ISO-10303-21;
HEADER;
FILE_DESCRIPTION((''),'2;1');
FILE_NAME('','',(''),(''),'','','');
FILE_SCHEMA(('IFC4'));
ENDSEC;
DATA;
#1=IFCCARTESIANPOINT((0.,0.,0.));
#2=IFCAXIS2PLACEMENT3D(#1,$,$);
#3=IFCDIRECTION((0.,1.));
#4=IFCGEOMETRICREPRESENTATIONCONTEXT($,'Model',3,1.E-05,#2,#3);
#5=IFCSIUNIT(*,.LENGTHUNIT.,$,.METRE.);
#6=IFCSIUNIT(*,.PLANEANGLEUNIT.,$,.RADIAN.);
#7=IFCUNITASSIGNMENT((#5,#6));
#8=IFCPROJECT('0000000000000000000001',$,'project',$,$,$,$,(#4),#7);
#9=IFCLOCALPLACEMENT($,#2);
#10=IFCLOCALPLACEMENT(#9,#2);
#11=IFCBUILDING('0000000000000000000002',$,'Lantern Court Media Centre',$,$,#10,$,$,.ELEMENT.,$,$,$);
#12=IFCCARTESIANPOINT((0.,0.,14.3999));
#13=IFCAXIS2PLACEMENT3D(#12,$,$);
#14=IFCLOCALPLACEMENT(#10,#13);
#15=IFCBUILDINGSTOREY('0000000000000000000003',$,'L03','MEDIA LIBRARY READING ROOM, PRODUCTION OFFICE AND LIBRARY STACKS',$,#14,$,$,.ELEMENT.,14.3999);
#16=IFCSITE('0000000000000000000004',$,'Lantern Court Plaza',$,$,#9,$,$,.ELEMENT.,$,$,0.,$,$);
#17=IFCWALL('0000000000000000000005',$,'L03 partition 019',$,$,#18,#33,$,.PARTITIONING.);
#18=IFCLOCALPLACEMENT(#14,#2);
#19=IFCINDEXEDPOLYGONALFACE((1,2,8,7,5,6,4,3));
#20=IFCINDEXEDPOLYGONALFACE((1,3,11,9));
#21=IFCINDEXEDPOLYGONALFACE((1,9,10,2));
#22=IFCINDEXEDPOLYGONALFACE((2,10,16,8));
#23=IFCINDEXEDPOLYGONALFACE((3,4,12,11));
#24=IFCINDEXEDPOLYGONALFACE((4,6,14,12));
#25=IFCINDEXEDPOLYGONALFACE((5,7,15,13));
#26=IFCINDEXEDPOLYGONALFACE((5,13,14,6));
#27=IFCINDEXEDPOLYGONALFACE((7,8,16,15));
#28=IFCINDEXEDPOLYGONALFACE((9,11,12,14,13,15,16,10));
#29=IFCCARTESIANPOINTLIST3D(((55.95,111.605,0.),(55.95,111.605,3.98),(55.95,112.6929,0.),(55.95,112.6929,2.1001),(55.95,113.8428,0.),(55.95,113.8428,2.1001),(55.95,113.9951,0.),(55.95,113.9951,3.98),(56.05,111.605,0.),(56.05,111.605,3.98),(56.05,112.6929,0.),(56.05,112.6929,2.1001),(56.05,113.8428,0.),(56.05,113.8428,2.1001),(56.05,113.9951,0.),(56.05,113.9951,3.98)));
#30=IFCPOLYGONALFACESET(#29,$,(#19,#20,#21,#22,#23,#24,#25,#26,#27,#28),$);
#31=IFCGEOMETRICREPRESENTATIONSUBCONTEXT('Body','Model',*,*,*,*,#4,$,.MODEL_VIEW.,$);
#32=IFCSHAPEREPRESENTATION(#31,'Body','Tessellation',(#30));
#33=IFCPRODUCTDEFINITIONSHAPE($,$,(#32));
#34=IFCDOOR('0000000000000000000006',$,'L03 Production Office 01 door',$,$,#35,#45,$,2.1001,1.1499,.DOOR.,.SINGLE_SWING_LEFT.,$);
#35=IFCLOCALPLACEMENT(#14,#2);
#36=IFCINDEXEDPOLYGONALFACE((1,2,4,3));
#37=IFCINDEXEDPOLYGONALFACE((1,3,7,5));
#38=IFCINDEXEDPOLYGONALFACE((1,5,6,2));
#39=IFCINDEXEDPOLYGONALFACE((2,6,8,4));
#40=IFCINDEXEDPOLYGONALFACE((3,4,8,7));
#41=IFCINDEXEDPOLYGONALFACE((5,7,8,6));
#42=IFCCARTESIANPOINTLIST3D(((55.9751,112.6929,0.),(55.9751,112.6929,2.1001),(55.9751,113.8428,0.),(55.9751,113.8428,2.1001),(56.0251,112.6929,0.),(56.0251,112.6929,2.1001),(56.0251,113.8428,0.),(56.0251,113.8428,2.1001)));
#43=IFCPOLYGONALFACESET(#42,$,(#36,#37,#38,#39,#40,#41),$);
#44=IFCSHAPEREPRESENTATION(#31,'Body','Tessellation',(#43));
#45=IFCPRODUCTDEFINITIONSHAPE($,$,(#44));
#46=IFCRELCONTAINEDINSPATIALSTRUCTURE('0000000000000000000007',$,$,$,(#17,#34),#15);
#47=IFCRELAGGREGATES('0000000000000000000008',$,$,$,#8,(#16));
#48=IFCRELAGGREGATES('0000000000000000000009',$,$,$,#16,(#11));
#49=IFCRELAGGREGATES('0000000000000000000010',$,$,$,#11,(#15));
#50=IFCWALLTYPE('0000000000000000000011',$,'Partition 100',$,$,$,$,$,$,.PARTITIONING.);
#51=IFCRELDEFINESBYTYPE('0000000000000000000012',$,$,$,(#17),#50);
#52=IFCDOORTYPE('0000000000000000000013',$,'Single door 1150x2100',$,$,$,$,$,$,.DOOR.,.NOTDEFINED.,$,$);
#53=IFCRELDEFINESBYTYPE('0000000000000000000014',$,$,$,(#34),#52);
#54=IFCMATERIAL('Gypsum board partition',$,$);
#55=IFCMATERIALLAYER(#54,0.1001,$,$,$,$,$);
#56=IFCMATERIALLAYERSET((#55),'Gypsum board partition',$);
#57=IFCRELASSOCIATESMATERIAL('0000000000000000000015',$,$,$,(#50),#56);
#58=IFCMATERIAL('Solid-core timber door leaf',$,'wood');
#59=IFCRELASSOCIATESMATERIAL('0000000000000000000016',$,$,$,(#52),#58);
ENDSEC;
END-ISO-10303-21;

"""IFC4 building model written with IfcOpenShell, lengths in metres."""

from ifc_helpers import new_model, si_unit, direction, frame, frame_2d, origin, place, context, subcontext, project, spatial, rectangle, extrude, material, layer, layer_set, type_object, element, fill, save


model = new_model("IFC4")

# Units and contexts
model_context = context("Model", 3, precision=1e-05, world=origin(), true_north=direction((0.0, 1.0)))
body_context = subcontext(model_context, "Body", "Model", "MODEL_VIEW")
ifc_project = project(units=[si_unit("LENGTHUNIT", "METRE"), si_unit("PLANEANGLEUNIT", "RADIAN")], contexts=[model_context])

# Site, building, storey
site_placement = place(None, origin())
site = spatial("IfcSite", under=ifc_project, at=site_placement, Name="Lantern Court Plaza", CompositionType="ELEMENT", RefElevation=0.0)
building_placement = place(site_placement, origin())
building = spatial("IfcBuilding", under=site, at=building_placement, Name="Lantern Court Media Centre", CompositionType="ELEMENT")
storey_placement = place(building_placement, frame((0.0, 0.0, 14.3999)))
storey = spatial("IfcBuildingStorey", under=building, at=storey_placement, Name="L03", Description="MEDIA LIBRARY READING ROOM, PRODUCTION OFFICE AND LIBRARY STACKS", CompositionType="ELEMENT", Elevation=14.3999)

# Wall, opening, door
ifc_material_1 = material(Name="Gypsum board partition")
ifc_layer_1 = layer(ifc_material_1, 0.1001)
ifc_layer_set_1 = layer_set([ifc_layer_1], Name="Gypsum board partition")
wall_type_1 = type_object("IfcWallType", Name="Partition 100", PredefinedType="PARTITIONING", material=ifc_layer_set_1)
wall_1_placement = place(storey_placement, frame((56.0, 111.605, 0.0), z_axis=(0.0, 0.0, 1.0), x_axis=(0.0, 1.0, 0.0)))
wall_1 = element("IfcWall", 1, at=wall_1_placement, inside=storey, type_object=wall_type_1, Name="L03 partition 019", PredefinedType="PARTITIONING", context=body_context, shape_type="SweptSolid", body=[
    extrude(rectangle(XDim=2.3901, YDim=0.1001, at=frame_2d((1.1951, 0.0))), origin(), (0.0, 0.0, 1.0), 3.98),
])
opening_placement = place(wall_1_placement, frame((1.0879, 0.0, 0.0)))
opening = element("IfcOpeningElement", 2, at=opening_placement, cuts=wall_1, PredefinedType="OPENING", context=body_context, shape_type="SweptSolid", body=[
    extrude(rectangle(XDim=1.1499, YDim=2.1001, at=frame_2d((0.575, 1.05))), frame((0.0, 0.0601, 0.0), z_axis=(0.0, -1.0, 0.0), x_axis=(1.0, 0.0, 0.0)), (0.0, 0.0, 1.0), 0.1201),
])
ifc_material_2 = material(Name="Solid-core timber door leaf", Category="wood")
door_type = type_object("IfcDoorType", Name="Single door 1150x2100", OperationType="NOTDEFINED", PredefinedType="DOOR", material=ifc_material_2)
door_placement = place(opening_placement, origin())
door = element("IfcDoor", 3, at=door_placement, inside=storey, type_object=door_type, Name="L03 Production Office 01 door", OperationType="SINGLE_SWING_LEFT", OverallHeight=2.1001, OverallWidth=1.1499, PredefinedType="DOOR", context=body_context, shape_type="SweptSolid", body=[
    extrude(rectangle(XDim=1.1499, YDim=2.1001, at=frame_2d((0.575, 1.05))), frame((0.0, 0.0249, 0.0), z_axis=(0.0, -1.0, 0.0), x_axis=(1.0, 0.0, 0.0)), (0.0, 0.0, 1.0), 0.05),
])
fill(opening, door)

save(model, "model.ifc")
